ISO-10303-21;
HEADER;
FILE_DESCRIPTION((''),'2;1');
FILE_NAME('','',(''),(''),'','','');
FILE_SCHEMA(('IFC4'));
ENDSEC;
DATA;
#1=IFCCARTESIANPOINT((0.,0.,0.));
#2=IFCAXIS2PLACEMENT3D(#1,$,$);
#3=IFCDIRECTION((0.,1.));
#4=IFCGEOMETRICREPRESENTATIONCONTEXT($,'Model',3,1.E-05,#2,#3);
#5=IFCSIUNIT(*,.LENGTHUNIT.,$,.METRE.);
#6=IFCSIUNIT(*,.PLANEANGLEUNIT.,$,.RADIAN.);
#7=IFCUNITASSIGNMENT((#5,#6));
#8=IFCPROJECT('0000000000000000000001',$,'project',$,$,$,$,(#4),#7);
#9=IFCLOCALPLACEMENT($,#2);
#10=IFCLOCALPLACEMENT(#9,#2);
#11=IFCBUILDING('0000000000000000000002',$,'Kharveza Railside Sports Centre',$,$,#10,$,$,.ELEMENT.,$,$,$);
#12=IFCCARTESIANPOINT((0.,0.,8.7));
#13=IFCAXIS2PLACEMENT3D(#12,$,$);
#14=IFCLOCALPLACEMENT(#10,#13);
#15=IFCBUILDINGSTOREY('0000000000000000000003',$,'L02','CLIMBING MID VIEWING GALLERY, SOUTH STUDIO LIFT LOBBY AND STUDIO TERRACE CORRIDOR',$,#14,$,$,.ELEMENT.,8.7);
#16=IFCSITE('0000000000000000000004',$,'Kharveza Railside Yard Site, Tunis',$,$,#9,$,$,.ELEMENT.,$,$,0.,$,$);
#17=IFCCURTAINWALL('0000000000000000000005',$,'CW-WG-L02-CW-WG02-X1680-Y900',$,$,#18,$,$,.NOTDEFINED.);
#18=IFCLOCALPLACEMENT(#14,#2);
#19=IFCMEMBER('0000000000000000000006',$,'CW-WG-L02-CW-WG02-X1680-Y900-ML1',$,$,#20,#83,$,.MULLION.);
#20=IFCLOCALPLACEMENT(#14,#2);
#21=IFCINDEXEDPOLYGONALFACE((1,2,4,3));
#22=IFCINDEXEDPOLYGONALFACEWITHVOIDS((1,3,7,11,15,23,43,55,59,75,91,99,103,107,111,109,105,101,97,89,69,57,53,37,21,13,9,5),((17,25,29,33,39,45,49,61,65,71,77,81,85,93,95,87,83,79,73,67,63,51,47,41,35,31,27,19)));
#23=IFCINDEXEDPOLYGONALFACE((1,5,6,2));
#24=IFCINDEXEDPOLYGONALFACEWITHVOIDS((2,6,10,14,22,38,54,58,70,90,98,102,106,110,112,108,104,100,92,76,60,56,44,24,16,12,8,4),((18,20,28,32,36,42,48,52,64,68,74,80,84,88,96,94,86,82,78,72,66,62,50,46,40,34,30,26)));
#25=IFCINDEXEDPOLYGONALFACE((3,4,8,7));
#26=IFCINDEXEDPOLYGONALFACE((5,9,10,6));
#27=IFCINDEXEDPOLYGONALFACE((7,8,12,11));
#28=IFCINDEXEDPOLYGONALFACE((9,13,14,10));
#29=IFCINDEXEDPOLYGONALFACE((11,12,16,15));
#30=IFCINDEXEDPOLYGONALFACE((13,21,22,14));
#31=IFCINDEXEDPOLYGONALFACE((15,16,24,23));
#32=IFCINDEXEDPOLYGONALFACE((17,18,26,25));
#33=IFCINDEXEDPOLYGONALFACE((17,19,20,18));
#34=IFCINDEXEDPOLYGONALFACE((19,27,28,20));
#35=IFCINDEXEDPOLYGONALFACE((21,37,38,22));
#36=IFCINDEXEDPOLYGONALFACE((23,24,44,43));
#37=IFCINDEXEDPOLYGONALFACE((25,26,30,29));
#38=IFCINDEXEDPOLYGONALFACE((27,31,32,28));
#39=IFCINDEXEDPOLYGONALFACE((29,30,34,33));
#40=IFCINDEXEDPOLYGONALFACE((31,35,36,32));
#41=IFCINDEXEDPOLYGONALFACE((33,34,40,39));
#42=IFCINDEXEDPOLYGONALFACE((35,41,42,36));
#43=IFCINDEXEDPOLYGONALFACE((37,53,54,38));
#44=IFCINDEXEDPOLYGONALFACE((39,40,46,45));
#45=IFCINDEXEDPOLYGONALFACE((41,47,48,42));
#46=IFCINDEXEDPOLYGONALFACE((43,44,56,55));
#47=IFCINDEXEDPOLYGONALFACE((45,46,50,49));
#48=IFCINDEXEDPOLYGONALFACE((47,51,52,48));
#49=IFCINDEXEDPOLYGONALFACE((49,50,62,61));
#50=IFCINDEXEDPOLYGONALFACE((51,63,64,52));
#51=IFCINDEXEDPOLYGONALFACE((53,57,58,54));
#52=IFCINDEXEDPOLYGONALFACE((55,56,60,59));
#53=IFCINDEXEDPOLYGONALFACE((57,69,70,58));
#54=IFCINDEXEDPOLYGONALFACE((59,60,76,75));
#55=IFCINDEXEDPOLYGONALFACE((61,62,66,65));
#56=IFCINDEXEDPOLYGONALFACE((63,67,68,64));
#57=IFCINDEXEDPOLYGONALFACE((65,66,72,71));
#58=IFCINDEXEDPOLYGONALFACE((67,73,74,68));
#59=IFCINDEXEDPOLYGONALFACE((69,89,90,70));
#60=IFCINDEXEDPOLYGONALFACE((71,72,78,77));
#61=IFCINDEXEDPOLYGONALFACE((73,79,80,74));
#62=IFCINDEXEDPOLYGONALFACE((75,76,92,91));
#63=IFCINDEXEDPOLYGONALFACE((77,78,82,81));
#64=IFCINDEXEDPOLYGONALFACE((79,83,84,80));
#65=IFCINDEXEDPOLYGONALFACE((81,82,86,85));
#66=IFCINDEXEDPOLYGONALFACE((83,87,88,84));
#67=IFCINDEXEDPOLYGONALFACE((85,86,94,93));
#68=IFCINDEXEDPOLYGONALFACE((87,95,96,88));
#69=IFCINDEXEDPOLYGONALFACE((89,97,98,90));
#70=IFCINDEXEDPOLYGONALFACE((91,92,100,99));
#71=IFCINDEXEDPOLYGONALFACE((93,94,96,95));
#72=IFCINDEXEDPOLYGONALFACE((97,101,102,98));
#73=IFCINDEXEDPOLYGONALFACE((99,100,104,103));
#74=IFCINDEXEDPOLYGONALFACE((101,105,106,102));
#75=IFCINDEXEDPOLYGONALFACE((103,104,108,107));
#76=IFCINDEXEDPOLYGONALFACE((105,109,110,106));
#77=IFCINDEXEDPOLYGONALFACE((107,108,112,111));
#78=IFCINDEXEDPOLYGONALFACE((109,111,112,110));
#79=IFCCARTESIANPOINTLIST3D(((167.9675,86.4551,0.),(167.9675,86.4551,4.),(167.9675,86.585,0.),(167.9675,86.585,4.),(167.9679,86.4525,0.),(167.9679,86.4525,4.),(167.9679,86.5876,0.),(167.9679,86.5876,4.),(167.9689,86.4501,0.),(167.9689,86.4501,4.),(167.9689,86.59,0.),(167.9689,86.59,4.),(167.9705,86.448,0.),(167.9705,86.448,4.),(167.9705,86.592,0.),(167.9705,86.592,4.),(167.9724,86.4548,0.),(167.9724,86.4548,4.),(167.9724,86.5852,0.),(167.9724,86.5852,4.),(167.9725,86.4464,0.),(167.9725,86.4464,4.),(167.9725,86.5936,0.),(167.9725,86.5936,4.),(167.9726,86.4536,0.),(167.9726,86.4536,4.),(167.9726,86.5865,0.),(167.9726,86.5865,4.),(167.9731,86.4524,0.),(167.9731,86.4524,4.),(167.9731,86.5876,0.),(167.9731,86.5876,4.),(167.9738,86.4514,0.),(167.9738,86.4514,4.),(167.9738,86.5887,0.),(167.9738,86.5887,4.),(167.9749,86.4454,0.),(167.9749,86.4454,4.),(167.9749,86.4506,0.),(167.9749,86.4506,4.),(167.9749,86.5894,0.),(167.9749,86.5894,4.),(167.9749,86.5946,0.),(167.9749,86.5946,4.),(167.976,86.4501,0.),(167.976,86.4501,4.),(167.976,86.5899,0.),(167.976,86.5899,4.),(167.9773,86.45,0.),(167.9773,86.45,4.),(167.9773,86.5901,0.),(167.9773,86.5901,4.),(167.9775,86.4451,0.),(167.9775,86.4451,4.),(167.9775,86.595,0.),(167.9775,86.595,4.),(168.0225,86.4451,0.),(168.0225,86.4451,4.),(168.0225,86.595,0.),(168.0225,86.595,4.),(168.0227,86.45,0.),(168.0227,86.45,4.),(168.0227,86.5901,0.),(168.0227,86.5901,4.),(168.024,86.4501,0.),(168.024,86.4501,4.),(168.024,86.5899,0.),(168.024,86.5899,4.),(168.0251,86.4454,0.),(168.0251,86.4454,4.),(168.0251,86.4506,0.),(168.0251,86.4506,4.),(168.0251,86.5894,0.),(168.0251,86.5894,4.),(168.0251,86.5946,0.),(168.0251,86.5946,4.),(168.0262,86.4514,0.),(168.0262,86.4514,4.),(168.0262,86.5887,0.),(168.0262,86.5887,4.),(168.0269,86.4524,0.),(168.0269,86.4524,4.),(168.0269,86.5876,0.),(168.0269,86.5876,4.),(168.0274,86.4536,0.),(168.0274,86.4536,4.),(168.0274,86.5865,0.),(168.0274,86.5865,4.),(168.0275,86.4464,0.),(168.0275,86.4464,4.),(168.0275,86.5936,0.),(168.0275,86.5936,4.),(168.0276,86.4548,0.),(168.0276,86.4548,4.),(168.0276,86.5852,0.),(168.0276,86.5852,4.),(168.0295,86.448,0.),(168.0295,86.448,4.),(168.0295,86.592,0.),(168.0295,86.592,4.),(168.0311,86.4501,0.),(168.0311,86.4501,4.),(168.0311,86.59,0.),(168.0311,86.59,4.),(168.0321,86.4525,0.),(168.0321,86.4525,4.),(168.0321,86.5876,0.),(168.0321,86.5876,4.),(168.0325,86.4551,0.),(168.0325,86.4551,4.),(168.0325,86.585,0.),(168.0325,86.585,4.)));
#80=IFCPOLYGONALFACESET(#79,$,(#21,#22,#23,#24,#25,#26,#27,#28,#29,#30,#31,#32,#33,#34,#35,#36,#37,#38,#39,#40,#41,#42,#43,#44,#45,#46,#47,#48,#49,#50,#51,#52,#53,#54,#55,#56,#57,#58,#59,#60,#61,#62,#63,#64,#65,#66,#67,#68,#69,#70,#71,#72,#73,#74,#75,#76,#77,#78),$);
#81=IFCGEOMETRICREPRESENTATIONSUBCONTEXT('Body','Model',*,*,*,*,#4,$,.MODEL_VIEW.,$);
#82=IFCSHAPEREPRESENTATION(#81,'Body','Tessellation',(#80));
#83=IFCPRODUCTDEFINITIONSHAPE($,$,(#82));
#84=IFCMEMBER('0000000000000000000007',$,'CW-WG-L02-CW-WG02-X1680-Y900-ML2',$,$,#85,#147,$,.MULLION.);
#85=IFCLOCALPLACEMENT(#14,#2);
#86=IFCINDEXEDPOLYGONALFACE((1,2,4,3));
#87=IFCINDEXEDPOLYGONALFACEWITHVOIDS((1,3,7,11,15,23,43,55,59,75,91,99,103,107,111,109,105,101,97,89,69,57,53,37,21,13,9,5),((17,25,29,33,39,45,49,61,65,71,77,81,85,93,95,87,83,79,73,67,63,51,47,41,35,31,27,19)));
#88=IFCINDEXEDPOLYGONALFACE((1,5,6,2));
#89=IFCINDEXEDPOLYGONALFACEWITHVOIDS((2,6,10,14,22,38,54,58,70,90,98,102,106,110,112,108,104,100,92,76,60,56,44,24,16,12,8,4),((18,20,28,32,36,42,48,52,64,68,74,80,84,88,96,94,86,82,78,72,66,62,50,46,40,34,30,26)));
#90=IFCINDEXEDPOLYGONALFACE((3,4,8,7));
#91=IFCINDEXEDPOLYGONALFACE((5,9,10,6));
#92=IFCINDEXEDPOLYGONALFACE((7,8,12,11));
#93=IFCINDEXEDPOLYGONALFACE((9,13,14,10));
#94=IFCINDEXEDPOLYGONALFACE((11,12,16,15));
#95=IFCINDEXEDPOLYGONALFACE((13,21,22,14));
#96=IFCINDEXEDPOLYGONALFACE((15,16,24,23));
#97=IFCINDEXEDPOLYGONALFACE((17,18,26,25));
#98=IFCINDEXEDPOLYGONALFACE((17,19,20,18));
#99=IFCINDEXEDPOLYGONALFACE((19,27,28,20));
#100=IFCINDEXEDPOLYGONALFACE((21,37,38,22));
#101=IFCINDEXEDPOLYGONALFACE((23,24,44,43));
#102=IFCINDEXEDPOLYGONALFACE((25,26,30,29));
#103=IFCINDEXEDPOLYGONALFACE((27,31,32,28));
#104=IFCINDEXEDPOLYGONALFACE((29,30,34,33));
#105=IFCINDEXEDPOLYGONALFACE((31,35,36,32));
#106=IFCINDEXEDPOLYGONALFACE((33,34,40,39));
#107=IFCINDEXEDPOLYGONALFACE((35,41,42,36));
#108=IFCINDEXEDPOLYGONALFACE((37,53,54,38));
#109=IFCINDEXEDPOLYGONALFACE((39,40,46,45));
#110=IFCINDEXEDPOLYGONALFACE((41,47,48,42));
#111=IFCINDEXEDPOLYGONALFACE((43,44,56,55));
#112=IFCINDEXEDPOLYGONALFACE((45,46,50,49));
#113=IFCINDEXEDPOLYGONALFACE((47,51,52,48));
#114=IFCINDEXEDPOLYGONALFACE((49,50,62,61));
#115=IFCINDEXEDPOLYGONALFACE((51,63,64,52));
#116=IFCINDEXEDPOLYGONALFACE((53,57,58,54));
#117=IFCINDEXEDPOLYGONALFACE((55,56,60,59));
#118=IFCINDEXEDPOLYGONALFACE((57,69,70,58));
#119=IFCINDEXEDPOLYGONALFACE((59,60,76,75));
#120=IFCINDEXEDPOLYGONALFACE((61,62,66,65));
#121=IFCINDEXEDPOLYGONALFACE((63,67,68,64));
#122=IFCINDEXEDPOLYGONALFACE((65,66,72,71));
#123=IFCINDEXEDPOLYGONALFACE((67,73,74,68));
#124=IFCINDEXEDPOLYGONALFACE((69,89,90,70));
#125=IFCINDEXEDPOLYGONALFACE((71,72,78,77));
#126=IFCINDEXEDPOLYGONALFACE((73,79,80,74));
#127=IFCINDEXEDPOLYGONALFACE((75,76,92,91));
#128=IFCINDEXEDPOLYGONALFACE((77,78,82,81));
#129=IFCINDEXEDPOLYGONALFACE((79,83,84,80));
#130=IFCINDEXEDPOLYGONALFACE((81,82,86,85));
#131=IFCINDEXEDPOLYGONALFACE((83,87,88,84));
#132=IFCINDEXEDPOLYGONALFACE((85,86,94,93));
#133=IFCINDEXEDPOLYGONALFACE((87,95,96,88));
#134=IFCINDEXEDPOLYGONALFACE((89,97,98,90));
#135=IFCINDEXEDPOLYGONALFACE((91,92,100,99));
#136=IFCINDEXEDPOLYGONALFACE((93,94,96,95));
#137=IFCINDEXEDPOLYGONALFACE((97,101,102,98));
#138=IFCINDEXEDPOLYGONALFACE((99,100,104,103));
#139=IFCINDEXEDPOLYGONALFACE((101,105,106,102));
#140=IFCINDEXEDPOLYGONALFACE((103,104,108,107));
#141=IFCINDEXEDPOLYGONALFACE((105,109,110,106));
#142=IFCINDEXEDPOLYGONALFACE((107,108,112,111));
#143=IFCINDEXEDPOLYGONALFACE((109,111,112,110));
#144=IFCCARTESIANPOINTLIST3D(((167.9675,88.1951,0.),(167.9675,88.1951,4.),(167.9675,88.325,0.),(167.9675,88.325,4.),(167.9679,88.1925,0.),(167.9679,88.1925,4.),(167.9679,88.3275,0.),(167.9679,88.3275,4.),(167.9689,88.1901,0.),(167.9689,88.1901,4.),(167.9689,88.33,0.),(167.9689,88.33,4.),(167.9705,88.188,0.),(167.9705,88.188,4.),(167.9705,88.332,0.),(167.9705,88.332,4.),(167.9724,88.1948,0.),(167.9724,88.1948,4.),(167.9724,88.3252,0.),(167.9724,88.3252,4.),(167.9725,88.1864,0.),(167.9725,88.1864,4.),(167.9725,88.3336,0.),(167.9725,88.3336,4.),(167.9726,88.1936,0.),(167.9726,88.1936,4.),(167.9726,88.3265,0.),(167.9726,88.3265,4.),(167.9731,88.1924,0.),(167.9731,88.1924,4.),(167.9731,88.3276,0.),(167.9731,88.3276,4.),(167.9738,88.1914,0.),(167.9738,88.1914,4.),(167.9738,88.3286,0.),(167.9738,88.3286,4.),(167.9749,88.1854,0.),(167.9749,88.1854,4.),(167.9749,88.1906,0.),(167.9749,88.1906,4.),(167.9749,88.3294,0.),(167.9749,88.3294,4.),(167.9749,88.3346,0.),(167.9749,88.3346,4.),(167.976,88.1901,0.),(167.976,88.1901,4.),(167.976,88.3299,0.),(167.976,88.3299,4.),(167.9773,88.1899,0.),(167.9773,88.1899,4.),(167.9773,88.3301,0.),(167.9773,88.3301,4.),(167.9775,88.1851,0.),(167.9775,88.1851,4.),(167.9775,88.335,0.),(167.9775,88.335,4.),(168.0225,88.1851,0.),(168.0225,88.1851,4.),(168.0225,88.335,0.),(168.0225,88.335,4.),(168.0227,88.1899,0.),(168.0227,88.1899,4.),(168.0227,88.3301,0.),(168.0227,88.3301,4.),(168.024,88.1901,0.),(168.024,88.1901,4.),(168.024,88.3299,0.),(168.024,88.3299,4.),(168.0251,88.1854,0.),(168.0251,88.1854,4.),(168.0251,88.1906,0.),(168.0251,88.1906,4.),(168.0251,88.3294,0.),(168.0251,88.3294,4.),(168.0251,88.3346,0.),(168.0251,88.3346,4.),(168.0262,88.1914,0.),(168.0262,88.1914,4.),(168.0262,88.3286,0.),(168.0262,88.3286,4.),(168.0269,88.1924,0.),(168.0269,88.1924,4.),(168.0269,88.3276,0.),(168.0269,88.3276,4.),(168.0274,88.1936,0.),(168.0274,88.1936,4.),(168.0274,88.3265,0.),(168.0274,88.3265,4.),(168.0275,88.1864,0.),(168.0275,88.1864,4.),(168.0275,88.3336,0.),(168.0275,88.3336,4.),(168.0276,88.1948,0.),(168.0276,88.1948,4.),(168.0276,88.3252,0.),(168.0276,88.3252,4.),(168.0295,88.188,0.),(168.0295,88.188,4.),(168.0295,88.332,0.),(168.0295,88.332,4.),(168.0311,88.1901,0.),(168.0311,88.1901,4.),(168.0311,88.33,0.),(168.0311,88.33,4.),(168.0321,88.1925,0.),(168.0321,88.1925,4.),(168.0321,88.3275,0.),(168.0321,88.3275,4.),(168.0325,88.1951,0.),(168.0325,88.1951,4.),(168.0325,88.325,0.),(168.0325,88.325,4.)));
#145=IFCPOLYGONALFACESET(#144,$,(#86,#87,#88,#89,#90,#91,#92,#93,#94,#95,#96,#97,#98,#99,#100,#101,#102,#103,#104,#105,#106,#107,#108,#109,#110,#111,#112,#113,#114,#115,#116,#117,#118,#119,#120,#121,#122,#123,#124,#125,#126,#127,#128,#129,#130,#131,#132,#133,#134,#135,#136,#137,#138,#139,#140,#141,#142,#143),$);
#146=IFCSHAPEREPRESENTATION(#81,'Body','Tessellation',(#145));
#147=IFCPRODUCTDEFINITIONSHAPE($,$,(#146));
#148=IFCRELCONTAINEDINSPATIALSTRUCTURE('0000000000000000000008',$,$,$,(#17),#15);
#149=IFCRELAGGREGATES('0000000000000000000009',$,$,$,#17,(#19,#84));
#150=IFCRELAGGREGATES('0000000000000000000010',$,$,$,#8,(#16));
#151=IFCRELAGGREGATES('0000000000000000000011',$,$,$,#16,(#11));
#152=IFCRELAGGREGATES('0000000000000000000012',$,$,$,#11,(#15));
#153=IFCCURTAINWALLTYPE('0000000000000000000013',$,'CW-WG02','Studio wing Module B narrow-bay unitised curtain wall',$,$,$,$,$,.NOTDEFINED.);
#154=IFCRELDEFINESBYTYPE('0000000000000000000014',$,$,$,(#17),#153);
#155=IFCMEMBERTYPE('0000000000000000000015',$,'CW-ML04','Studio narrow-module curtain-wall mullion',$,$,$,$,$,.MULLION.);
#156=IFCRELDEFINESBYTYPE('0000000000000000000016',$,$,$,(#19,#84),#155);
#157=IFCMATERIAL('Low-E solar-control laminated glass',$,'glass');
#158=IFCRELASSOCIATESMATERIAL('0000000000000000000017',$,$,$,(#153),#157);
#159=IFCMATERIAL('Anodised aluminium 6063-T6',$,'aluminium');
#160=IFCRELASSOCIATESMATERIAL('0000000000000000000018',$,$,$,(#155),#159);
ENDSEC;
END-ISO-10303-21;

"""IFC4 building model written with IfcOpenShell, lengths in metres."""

from ifc_helpers import new_model, si_unit, direction, frame, origin, origin_2d, place, context, subcontext, project, spatial, hollow_rectangle, extrude, material, material_profile, profile_set, type_object, element, aggregate, save


model = new_model("IFC4")

# Units and contexts
model_context = context("Model", 3, precision=1e-05, world=origin(), true_north=direction((0.0, 1.0)))
body_context = subcontext(model_context, "Body", "Model", "MODEL_VIEW")
ifc_project = project(units=[si_unit("LENGTHUNIT", "METRE"), si_unit("PLANEANGLEUNIT", "RADIAN")], contexts=[model_context])

# Site, building, storey
site_placement = place(None, origin())
site = spatial("IfcSite", under=ifc_project, at=site_placement, Name="Kharveza Railside Yard Site, Tunis", CompositionType="ELEMENT", RefElevation=0.0)
building_placement = place(site_placement, origin())
building = spatial("IfcBuilding", under=site, at=building_placement, Name="Kharveza Railside Sports Centre", CompositionType="ELEMENT")
storey_placement = place(building_placement, frame((0.0, 0.0, 8.7)))
storey = spatial("IfcBuildingStorey", under=building, at=storey_placement, Name="L02", Description="CLIMBING MID VIEWING GALLERY, SOUTH STUDIO LIFT LOBBY AND STUDIO TERRACE CORRIDOR", CompositionType="ELEMENT", Elevation=8.7)

# Curtain wall, members
ifc_material_1 = material(Name="Low-E solar-control laminated glass", Category="glass")
curtain_wall_type = type_object("IfcCurtainWallType", Name="CW-WG02", Description="Studio wing Module B narrow-bay unitised curtain wall", PredefinedType="NOTDEFINED", material=ifc_material_1)
curtain_wall_placement = place(storey_placement, origin())
curtain_wall = element("IfcCurtainWall", 1, at=curtain_wall_placement, inside=storey, type_object=curtain_wall_type, Name="CW-WG-L02-CW-WG02-X1680-Y900", PredefinedType="NOTDEFINED")
ifc_material_2 = material(Name="Anodised aluminium 6063-T6", Category="aluminium")
ifc_material_profile_1 = material_profile(ifc_material_2, hollow_rectangle(XDim=0.0649, YDim=0.1499, WallThickness=0.0049, InnerFilletRadius=0.0049, OuterFilletRadius=0.01, at=origin_2d()), Name="RHS 65x150x5.0")
ifc_profile_set_1 = profile_set([ifc_material_profile_1], Name="Anodised aluminium 6063-T6")
member_type_1 = type_object("IfcMemberType", Name="CW-ML04", Description="Studio narrow-module curtain-wall mullion", PredefinedType="MULLION", material=ifc_profile_set_1)
member_1_placement = place(storey_placement, frame((168.0, 86.52, 0.0), z_axis=(0.0, 0.0, 1.0), x_axis=(1.0, 0.0, 0.0)))
member_1 = element("IfcMember", 2, at=member_1_placement, type_object=member_type_1, Name="CW-WG-L02-CW-WG02-X1680-Y900-ML1", PredefinedType="MULLION", context=body_context, shape_type="SweptSolid", body=[
    extrude(hollow_rectangle(XDim=0.0649, YDim=0.1499, WallThickness=0.0049, InnerFilletRadius=0.0049, OuterFilletRadius=0.01, at=origin_2d()), origin(), (0.0, 0.0, 1.0), 4.0),
])
member_2_placement = place(storey_placement, frame((168.0, 88.26, 0.0), z_axis=(0.0, 0.0, 1.0), x_axis=(1.0, 0.0, 0.0)))
member_2 = element("IfcMember", 3, at=member_2_placement, type_object=member_type_1, Name="CW-WG-L02-CW-WG02-X1680-Y900-ML2", PredefinedType="MULLION", context=body_context, shape_type="SweptSolid", body=[
    extrude(hollow_rectangle(XDim=0.0649, YDim=0.1499, WallThickness=0.0049, InnerFilletRadius=0.0049, OuterFilletRadius=0.01, at=origin_2d()), origin(), (0.0, 0.0, 1.0), 4.0),
])
aggregate(curtain_wall, [member_1, member_2])

save(model, "model.ifc")
